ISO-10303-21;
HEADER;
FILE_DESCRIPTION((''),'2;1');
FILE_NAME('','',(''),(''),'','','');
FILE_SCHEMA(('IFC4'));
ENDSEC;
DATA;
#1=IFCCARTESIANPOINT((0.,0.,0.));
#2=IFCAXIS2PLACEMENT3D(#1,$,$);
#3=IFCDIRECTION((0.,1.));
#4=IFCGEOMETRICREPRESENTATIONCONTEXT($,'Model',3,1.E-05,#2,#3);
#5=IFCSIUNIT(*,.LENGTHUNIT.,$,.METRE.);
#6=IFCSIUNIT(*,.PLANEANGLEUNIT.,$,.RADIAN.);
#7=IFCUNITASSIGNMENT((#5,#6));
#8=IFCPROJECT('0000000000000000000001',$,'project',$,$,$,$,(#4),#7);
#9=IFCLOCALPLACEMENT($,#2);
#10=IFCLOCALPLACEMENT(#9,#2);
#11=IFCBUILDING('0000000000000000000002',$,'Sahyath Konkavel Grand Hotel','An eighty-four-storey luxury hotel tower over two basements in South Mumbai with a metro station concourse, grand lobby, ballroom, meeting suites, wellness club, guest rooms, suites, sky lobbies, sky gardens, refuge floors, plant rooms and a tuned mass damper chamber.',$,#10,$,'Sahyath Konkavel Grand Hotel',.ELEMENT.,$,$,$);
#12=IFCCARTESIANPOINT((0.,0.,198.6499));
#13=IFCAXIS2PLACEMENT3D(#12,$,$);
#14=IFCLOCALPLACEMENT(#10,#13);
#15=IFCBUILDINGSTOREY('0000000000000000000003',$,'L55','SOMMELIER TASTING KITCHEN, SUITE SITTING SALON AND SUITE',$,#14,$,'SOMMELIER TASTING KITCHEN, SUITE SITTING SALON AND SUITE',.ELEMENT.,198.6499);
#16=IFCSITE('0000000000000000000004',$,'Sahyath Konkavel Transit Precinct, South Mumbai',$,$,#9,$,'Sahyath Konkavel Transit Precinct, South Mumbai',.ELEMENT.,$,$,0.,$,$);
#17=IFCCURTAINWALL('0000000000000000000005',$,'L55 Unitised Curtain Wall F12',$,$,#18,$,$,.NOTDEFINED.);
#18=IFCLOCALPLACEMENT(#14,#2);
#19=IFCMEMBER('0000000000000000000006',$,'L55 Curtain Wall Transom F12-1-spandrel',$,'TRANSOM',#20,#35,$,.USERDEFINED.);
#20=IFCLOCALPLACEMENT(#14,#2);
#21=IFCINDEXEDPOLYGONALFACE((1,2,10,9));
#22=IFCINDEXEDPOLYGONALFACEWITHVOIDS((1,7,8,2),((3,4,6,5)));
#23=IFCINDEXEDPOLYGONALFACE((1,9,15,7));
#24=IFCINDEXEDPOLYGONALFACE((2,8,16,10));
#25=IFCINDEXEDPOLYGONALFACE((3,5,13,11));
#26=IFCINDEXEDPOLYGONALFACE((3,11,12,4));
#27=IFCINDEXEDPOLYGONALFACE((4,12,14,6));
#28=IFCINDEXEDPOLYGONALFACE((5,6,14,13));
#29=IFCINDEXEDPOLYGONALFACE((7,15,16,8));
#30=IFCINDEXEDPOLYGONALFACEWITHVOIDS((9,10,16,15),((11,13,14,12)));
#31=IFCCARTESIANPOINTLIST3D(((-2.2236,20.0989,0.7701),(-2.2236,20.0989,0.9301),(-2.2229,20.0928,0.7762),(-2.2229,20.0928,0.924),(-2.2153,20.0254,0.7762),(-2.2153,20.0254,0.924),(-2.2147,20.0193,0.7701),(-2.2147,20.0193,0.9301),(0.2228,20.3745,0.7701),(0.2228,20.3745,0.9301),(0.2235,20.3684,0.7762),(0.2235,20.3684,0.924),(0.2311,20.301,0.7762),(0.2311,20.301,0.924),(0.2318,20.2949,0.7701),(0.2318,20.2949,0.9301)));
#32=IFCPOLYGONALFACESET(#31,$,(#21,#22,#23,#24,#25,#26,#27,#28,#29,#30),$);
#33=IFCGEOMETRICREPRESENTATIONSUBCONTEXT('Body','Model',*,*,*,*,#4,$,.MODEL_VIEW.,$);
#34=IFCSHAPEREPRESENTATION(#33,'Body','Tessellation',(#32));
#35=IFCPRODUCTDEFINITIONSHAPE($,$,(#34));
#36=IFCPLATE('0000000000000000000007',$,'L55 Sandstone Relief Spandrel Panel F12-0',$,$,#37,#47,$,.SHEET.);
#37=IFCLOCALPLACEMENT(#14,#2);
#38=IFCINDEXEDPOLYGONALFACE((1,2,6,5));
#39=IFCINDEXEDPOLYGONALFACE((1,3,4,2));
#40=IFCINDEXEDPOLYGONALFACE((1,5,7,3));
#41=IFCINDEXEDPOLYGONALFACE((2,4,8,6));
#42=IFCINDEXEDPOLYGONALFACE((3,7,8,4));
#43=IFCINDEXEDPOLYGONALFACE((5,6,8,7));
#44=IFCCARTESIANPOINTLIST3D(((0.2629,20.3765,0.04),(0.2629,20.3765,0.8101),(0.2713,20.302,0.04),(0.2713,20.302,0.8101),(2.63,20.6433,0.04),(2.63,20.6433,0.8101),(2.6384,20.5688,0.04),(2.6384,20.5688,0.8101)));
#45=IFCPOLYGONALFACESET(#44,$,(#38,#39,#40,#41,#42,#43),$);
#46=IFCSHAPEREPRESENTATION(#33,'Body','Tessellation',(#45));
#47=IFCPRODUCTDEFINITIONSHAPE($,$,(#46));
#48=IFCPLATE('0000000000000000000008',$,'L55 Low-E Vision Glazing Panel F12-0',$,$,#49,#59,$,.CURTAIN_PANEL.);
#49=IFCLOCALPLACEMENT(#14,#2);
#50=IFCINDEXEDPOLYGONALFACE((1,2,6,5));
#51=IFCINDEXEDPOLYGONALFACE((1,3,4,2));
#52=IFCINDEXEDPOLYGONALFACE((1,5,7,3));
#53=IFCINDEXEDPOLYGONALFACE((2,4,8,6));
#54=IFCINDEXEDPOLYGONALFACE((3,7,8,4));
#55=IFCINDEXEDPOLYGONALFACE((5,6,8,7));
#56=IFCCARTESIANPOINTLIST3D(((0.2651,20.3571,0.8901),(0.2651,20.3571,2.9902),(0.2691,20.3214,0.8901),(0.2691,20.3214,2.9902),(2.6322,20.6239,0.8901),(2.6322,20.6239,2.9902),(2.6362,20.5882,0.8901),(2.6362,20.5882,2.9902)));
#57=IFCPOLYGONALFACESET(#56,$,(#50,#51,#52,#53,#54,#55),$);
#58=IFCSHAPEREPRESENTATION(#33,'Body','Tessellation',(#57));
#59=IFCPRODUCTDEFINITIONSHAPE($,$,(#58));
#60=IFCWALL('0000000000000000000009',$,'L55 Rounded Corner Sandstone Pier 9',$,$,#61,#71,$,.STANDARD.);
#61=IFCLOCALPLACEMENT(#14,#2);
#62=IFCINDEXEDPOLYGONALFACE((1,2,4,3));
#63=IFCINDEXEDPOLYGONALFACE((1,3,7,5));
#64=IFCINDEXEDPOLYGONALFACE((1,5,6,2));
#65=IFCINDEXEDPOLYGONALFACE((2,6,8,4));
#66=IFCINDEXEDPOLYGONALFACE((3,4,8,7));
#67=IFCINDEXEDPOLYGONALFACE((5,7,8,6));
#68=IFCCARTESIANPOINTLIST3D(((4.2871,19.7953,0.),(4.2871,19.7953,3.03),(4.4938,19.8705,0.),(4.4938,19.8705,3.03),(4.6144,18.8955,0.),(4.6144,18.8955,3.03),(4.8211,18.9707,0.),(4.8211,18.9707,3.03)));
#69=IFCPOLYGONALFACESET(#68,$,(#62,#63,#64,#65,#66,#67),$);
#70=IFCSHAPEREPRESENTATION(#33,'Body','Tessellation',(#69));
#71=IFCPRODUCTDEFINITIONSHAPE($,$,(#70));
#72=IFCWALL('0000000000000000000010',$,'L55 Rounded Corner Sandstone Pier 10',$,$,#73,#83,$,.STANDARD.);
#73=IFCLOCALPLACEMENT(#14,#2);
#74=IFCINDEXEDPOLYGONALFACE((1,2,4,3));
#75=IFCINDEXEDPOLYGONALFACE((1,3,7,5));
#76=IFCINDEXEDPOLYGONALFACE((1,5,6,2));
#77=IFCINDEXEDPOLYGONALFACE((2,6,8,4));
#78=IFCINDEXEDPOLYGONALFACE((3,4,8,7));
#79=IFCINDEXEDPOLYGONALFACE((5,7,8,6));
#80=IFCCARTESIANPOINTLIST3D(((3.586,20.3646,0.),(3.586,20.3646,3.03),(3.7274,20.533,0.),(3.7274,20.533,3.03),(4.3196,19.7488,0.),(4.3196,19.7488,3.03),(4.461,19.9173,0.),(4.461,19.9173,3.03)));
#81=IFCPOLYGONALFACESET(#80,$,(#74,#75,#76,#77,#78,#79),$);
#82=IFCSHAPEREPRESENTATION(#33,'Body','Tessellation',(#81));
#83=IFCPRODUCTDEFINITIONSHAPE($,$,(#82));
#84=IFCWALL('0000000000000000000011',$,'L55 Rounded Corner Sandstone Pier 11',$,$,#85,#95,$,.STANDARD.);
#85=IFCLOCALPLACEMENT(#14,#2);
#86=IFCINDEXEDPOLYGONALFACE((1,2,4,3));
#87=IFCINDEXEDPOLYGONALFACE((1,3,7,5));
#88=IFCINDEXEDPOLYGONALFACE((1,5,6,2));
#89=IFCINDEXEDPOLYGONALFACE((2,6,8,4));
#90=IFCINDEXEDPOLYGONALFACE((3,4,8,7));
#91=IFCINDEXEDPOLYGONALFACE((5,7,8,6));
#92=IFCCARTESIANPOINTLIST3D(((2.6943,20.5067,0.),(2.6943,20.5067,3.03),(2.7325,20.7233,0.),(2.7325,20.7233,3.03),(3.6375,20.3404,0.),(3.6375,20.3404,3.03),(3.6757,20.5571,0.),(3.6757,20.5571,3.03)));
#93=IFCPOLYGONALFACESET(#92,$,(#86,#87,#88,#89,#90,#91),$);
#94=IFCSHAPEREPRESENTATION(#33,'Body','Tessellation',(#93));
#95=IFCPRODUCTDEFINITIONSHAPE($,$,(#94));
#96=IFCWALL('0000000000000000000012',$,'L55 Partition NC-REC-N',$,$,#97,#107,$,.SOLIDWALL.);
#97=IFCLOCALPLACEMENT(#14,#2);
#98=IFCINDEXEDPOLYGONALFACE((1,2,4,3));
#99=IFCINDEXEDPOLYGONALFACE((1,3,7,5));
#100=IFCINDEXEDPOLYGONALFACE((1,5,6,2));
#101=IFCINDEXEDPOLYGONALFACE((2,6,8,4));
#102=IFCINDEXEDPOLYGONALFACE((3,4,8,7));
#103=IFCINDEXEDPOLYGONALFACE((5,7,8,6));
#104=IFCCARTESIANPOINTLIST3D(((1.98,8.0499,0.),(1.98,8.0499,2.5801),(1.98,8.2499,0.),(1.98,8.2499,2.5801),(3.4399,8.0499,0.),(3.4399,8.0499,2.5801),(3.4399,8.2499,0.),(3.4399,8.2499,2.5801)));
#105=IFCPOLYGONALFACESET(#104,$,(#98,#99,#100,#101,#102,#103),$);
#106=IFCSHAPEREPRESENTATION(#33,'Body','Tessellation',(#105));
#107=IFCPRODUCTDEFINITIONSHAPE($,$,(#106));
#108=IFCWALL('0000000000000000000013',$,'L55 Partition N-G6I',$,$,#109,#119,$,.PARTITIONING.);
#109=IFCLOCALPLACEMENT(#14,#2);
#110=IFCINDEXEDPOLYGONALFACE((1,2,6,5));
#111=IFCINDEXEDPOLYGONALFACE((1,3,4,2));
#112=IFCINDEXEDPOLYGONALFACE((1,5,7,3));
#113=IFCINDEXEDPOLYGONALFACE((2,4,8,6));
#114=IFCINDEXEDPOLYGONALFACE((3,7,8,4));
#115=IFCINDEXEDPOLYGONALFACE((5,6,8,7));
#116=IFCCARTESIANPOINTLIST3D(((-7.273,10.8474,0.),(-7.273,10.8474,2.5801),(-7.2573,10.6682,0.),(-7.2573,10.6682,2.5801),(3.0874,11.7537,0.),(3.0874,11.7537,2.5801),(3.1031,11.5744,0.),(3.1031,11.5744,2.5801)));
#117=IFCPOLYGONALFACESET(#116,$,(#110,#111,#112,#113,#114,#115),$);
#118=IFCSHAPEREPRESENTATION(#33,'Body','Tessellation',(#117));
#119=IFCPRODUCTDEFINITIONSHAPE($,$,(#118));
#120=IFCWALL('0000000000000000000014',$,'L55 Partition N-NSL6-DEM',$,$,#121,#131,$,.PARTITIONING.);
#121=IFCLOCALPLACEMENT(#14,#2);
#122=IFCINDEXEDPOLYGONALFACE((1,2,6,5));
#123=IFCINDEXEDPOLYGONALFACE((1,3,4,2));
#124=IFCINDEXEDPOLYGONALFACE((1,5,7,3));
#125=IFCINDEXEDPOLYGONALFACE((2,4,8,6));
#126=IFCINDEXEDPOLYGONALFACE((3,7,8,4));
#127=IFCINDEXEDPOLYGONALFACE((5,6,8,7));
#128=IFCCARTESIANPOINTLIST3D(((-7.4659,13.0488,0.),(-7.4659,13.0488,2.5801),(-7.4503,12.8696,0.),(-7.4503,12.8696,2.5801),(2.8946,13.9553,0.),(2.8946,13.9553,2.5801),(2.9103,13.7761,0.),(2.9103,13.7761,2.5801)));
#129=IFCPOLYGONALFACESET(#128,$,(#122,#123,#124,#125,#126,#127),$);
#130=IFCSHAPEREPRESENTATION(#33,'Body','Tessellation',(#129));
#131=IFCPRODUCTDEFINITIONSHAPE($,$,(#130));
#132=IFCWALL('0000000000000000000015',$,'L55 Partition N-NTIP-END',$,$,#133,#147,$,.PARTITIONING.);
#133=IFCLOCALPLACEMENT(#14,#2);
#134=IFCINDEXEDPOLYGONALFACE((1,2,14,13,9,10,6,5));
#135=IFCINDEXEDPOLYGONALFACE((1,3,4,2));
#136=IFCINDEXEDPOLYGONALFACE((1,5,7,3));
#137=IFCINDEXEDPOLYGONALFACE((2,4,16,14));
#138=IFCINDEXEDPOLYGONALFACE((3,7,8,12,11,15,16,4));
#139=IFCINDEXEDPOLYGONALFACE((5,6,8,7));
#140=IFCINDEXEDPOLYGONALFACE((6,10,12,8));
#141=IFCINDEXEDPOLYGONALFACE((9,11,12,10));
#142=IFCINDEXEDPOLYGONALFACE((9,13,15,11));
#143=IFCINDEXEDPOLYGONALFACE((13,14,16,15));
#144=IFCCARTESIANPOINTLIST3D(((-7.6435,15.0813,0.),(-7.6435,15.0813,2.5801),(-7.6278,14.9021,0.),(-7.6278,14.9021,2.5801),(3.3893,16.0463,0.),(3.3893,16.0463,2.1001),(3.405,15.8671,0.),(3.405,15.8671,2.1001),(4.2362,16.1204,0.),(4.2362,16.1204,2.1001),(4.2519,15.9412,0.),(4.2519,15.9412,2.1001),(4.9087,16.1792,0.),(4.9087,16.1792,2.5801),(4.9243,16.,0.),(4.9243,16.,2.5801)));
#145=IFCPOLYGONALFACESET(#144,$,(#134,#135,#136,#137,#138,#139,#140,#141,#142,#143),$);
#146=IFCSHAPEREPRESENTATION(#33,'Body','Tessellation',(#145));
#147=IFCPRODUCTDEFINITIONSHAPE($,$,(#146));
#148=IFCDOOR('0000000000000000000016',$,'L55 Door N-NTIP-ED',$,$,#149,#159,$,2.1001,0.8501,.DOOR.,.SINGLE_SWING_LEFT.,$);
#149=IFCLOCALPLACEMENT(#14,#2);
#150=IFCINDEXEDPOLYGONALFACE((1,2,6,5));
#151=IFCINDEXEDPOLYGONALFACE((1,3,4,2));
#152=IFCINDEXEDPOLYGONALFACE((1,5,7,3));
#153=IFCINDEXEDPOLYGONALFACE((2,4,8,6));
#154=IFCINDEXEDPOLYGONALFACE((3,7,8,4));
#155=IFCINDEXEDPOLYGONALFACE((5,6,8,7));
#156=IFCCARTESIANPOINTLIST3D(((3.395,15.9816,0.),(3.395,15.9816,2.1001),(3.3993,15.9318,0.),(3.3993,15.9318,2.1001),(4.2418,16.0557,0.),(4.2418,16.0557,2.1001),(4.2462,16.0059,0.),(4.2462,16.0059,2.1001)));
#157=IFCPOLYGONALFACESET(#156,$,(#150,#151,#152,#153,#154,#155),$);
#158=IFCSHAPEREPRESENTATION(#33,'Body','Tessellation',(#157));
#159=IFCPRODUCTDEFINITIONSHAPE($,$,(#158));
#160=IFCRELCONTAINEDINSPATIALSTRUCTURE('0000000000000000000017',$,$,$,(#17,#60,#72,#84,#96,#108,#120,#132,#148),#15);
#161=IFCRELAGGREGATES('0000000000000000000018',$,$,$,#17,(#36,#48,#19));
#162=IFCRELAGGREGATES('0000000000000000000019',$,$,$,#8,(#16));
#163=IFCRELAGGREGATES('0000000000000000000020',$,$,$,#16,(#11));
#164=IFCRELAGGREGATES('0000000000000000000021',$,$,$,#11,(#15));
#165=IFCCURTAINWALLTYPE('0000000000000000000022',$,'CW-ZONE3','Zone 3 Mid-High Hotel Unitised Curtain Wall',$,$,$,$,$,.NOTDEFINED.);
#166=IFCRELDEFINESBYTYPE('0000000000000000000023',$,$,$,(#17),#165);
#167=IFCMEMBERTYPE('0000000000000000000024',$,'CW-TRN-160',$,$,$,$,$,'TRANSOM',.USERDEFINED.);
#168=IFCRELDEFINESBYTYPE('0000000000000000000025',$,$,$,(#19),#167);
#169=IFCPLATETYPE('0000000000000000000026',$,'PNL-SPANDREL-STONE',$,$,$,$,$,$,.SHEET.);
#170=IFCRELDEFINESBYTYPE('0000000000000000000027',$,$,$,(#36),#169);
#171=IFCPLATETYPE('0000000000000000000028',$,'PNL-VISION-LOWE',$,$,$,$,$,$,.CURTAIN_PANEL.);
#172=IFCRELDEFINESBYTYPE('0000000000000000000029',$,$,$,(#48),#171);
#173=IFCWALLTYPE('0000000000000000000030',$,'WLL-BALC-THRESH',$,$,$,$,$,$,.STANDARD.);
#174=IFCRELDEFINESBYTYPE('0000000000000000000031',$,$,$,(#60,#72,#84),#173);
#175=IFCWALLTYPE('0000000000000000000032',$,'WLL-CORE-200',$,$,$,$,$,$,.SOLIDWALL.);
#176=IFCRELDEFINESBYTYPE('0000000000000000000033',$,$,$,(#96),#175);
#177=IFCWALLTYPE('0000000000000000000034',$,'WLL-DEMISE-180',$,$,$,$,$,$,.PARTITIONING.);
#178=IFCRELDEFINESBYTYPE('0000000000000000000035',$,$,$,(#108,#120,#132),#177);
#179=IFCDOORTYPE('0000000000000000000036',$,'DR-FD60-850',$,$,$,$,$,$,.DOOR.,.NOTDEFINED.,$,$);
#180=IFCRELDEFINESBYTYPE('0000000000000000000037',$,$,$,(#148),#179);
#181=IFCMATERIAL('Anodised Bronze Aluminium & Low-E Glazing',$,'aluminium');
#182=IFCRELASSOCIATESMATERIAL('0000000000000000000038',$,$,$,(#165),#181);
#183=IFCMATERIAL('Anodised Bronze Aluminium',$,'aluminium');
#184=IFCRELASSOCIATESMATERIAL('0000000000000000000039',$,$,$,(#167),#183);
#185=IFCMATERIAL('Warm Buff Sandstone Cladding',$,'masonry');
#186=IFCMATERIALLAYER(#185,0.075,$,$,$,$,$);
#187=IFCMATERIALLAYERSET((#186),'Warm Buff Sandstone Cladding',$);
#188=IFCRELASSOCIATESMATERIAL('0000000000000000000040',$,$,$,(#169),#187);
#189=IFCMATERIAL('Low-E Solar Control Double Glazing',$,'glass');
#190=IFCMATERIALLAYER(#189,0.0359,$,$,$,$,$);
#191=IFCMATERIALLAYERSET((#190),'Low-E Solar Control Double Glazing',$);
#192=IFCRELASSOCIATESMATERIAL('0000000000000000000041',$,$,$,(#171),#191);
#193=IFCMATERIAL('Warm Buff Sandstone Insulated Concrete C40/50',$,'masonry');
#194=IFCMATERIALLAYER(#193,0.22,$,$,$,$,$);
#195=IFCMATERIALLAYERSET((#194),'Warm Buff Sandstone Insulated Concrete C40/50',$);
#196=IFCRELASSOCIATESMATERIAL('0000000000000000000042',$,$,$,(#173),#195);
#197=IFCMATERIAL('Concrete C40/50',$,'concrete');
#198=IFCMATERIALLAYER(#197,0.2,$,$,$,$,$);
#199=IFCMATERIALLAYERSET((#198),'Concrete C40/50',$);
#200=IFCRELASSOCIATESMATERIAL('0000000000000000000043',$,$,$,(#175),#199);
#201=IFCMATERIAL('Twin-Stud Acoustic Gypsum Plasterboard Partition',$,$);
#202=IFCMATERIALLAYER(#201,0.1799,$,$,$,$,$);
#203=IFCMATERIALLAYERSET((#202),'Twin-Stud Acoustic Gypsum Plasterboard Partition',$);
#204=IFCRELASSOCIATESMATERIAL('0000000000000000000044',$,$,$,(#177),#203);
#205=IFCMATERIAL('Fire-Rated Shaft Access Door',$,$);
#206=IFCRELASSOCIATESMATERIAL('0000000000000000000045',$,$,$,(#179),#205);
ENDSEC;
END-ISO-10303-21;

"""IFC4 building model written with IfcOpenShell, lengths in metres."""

from ifc_helpers import new_model, si_unit, direction, frame, frame_2d, origin, origin_2d, place, context, subcontext, project, spatial, rectangle, hollow_rectangle, extrude, source, transform, mapped, material, layer, layer_set, material_profile, profile_set, type_object, element, fill, aggregate, save


model = new_model("IFC4")

# Units and contexts
model_context = context("Model", 3, precision=1e-05, world=origin(), true_north=direction((0.0, 1.0)))
body_context = subcontext(model_context, "Body", "Model", "MODEL_VIEW")
ifc_project = project(units=[si_unit("LENGTHUNIT", "METRE"), si_unit("PLANEANGLEUNIT", "RADIAN")], contexts=[model_context])

# Site, building, storey
site_placement = place(None, origin())
site = spatial("IfcSite", under=ifc_project, at=site_placement, Name="Sahyath Konkavel Transit Precinct, South Mumbai", LongName="Sahyath Konkavel Transit Precinct, South Mumbai", CompositionType="ELEMENT", RefElevation=0.0)
building_placement = place(site_placement, origin())
building = spatial("IfcBuilding", under=site, at=building_placement, Name="Sahyath Konkavel Grand Hotel", Description="An eighty-four-storey luxury hotel tower over two basements in South Mumbai with a metro station concourse, grand lobby, ballroom, meeting suites, wellness club, guest rooms, suites, sky lobbies, sky gardens, refuge floors, plant rooms and a tuned mass damper chamber.", LongName="Sahyath Konkavel Grand Hotel", CompositionType="ELEMENT")
storey_placement = place(building_placement, frame((0.0, 0.0, 198.6499)))
storey = spatial("IfcBuildingStorey", under=building, at=storey_placement, Name="L55", Description="SOMMELIER TASTING KITCHEN, SUITE SITTING SALON AND SUITE", LongName="SOMMELIER TASTING KITCHEN, SUITE SITTING SALON AND SUITE", CompositionType="ELEMENT", Elevation=198.6499)

# Shared definitions
ifc_material_1 = material(Name="Concrete C40/50", Category="concrete")

# Shared definitions
ifc_material_2 = material(Name="Anodised Bronze Aluminium & Low-E Glazing", Category="aluminium")
curtain_wall_type = type_object("IfcCurtainWallType", Name="CW-ZONE3", Description="Zone 3 Mid-High Hotel Unitised Curtain Wall", PredefinedType="NOTDEFINED", material=ifc_material_2)
ifc_material_3 = material(Name="Anodised Bronze Aluminium", Category="aluminium")

# Curtain wall, member, plates
curtain_wall_1_placement = place(storey_placement, origin())
curtain_wall_1 = element("IfcCurtainWall", 1, at=curtain_wall_1_placement, inside=storey, type_object=curtain_wall_type, Name="L55 Unitised Curtain Wall F12", PredefinedType="NOTDEFINED")
ifc_material_profile_1 = material_profile(ifc_material_3, hollow_rectangle(XDim=0.0801, YDim=0.1599, WallThickness=0.0061, at=origin_2d()), Name="RHS 160x80x6")
ifc_profile_set_1 = profile_set([ifc_material_profile_1], Name="Anodised Bronze Aluminium")
member_type_1 = type_object("IfcMemberType", Name="CW-TRN-160", ElementType="TRANSOM", PredefinedType="USERDEFINED", material=ifc_profile_set_1)
shared_shape_1 = source(origin(), body_context, "Body", "SweptSolid", [
    extrude(hollow_rectangle(XDim=0.0801, YDim=0.1599, WallThickness=0.0061, at=origin_2d()), origin(), (0.0, 0.0, 1.0), 2.4619),
])
member_1_placement = place(storey_placement, frame((0.2273, 20.3347, 0.8501), z_axis=(-0.993713, -0.111955, 0.0), x_axis=(0.111955, -0.993713, 0.0)))
member_1 = element("IfcMember", 2, at=member_1_placement, type_object=member_type_1, Name="L55 Curtain Wall Transom F12-1-spandrel", ObjectType="TRANSOM", PredefinedType="USERDEFINED", context=body_context, shape_type="MappedRepresentation", body=[
    mapped(shared_shape_1, transform((0.0, 0.0, 0.0), scale=1.0)),
])
ifc_material_4 = material(Name="Warm Buff Sandstone Cladding", Category="masonry")
ifc_layer_1 = layer(ifc_material_4, 0.075)
ifc_layer_set_1 = layer_set([ifc_layer_1], Name="Warm Buff Sandstone Cladding")
plate_type_1 = type_object("IfcPlateType", Name="PNL-SPANDREL-STONE", PredefinedType="SHEET", material=ifc_layer_set_1)
shared_shape_2 = source(origin(), body_context, "Body", "SweptSolid", [
    extrude(rectangle(XDim=2.3821, YDim=0.075, at=origin_2d()), origin(), (0.0, 0.0, 1.0), 0.77),
])
plate_1_placement = place(storey_placement, frame((1.4507, 20.4727, 0.04), z_axis=(0.0, 0.0, 1.0), x_axis=(-0.993707, -0.112007, 0.0)))
plate_1 = element("IfcPlate", 3, at=plate_1_placement, type_object=plate_type_1, Name="L55 Sandstone Relief Spandrel Panel F12-0", PredefinedType="SHEET", context=body_context, shape_type="MappedRepresentation", body=[
    mapped(shared_shape_2, transform((0.0, 0.0, 0.0), scale=1.0)),
])
ifc_material_5 = material(Name="Low-E Solar Control Double Glazing", Category="glass")
ifc_layer_2 = layer(ifc_material_5, 0.0359)
ifc_layer_set_2 = layer_set([ifc_layer_2], Name="Low-E Solar Control Double Glazing")
plate_type_2 = type_object("IfcPlateType", Name="PNL-VISION-LOWE", PredefinedType="CURTAIN_PANEL", material=ifc_layer_set_2)
shared_shape_3 = source(origin(), body_context, "Body", "SweptSolid", [
    extrude(rectangle(XDim=2.3821, YDim=0.0359, at=origin_2d()), origin(), (0.0, 0.0, 1.0), 2.1001),
])
plate_2_placement = place(storey_placement, frame((1.4507, 20.4727, 0.8901), z_axis=(0.0, 0.0, 1.0), x_axis=(-0.993707, -0.112007, 0.0)))
plate_2 = element("IfcPlate", 4, at=plate_2_placement, type_object=plate_type_2, Name="L55 Low-E Vision Glazing Panel F12-0", PredefinedType="CURTAIN_PANEL", context=body_context, shape_type="MappedRepresentation", body=[
    mapped(shared_shape_3, transform((0.0, 0.0, 0.0), scale=1.0)),
])
aggregate(curtain_wall_1, [plate_1, plate_2, member_1])

# Walls
ifc_material_6 = material(Name="Warm Buff Sandstone Insulated Concrete C40/50", Category="masonry")
ifc_layer_3 = layer(ifc_material_6, 0.22)
ifc_layer_set_3 = layer_set([ifc_layer_3], Name="Warm Buff Sandstone Insulated Concrete C40/50")
wall_type_1 = type_object("IfcWallType", Name="WLL-BALC-THRESH", PredefinedType="STANDARD", material=ifc_layer_set_3)
wall_1_placement = place(storey_placement, frame((4.7178, 18.9331, 0.0), z_axis=(0.0, 0.0, 1.0), x_axis=(-0.341886, 0.939741, 0.0)))
element("IfcWall", 5, at=wall_1_placement, inside=storey, type_object=wall_type_1, Name="L55 Rounded Corner Sandstone Pier 9", PredefinedType="STANDARD", context=body_context, shape_type="SweptSolid", body=[
    extrude(rectangle(XDim=0.9575, YDim=0.22, at=frame_2d((0.4788, 0.0))), origin(), (0.0, 0.0, 1.0), 3.03),
])
for number, where, z_axis, x_axis, name in (
    (6, (4.3904, 19.833, 0.0), (0.0, 0.0, 1.0), (-0.765981, 0.642863, 0.0), "L55 Rounded Corner Sandstone Pier 10"),
    (7, (3.6567, 20.4487, 0.0), (0.0, 0.0, 1.0), (-0.984814, 0.173611, 0.0), "L55 Rounded Corner Sandstone Pier 11"),
):
    element("IfcWall", number, at=place(storey_placement, frame(where, z_axis=z_axis, x_axis=x_axis)), inside=storey, type_object=wall_type_1, Name=name, PredefinedType="STANDARD", context=body_context, shape_type="SweptSolid", body=[
        extrude(rectangle(XDim=0.9578, YDim=0.22, at=frame_2d((0.479, 0.0))), origin(), (0.0, 0.0, 1.0), 3.03),
    ])
ifc_layer_4 = layer(ifc_material_1, 0.2)
ifc_layer_set_4 = layer_set([ifc_layer_4], Name="Concrete C40/50")
wall_type_2 = type_object("IfcWallType", Name="WLL-CORE-200", PredefinedType="SOLIDWALL", material=ifc_layer_set_4)
wall_2_placement = place(storey_placement, frame((1.98, 8.1499, 0.0), z_axis=(0.0, 0.0, 1.0), x_axis=(1.0, 0.0, 0.0)))
element("IfcWall", 8, at=wall_2_placement, inside=storey, type_object=wall_type_2, Name="L55 Partition NC-REC-N", PredefinedType="SOLIDWALL", context=body_context, shape_type="SweptSolid", body=[
    extrude(rectangle(XDim=1.46, YDim=0.2, at=frame_2d((0.73, 0.0))), origin(), (0.0, 0.0, 1.0), 2.5801),
])
ifc_material_7 = material(Name="Twin-Stud Acoustic Gypsum Plasterboard Partition")
ifc_layer_5 = layer(ifc_material_7, 0.1799)
ifc_layer_set_5 = layer_set([ifc_layer_5], Name="Twin-Stud Acoustic Gypsum Plasterboard Partition")
wall_type_3 = type_object("IfcWallType", Name="WLL-DEMISE-180", PredefinedType="PARTITIONING", material=ifc_layer_set_5)
wall_3_placement = place(storey_placement, frame((3.0952, 11.6641, 0.0), z_axis=(0.0, 0.0, 1.0), x_axis=(-0.996196, -0.08714, 0.0)))
element("IfcWall", 9, at=wall_3_placement, inside=storey, type_object=wall_type_3, Name="L55 Partition N-G6I", PredefinedType="PARTITIONING", context=body_context, shape_type="SweptSolid", body=[
    extrude(rectangle(XDim=10.3999, YDim=0.1799, at=frame_2d((5.2, 0.0))), origin(), (0.0, 0.0, 1.0), 2.5801),
])
wall_4_placement = place(storey_placement, frame((2.9026, 13.8657, 0.0), z_axis=(0.0, 0.0, 1.0), x_axis=(-0.996194, -0.087161, 0.0)))
element("IfcWall", 10, at=wall_4_placement, inside=storey, type_object=wall_type_3, Name="L55 Partition N-NSL6-DEM", PredefinedType="PARTITIONING", context=body_context, shape_type="SweptSolid", body=[
    extrude(rectangle(XDim=10.4001, YDim=0.1799, at=frame_2d((5.2002, 0.0))), origin(), (0.0, 0.0, 1.0), 2.5801),
])

# Wall, opening, door
wall_5_placement = place(storey_placement, frame((4.9165, 16.0896, 0.0), z_axis=(0.0, 0.0, 1.0), x_axis=(-0.996197, -0.087134, 0.0)))
wall_5 = element("IfcWall", 11, at=wall_5_placement, inside=storey, type_object=wall_type_3, Name="L55 Partition N-NTIP-END", PredefinedType="PARTITIONING", context=body_context, shape_type="SweptSolid", body=[
    extrude(rectangle(XDim=12.6001, YDim=0.1799, at=frame_2d((6.3, 0.0))), origin(), (0.0, 0.0, 1.0), 2.5801),
])
opening_1_placement = place(wall_5_placement, frame((0.675, 0.0, 0.0)))
opening_1 = element("IfcOpeningElement", 12, at=opening_1_placement, cuts=wall_5, PredefinedType="OPENING", context=body_context, shape_type="SweptSolid", body=[
    extrude(rectangle(XDim=0.8501, YDim=2.1001, at=frame_2d((0.425, 1.05))), frame((0.0, 0.1001, 0.0), z_axis=(0.0, -1.0, 0.0), x_axis=(1.0, 0.0, 0.0)), (0.0, 0.0, 1.0), 0.2),
])
ifc_material_8 = material(Name="Fire-Rated Shaft Access Door")
door_type = type_object("IfcDoorType", Name="DR-FD60-850", OperationType="NOTDEFINED", PredefinedType="DOOR", material=ifc_material_8)
shared_shape_4 = source(origin(), body_context, "Body", "SweptSolid", [
    extrude(rectangle(XDim=0.8501, YDim=0.05, at=origin_2d()), origin(), (0.0, 0.0, 1.0), 2.1001),
])
door_1_placement = place(opening_1_placement, frame((0.425, 0.0, 0.0)))
door_1 = element("IfcDoor", 13, at=door_1_placement, inside=storey, type_object=door_type, Name="L55 Door N-NTIP-ED", OperationType="SINGLE_SWING_LEFT", OverallHeight=2.1001, OverallWidth=0.8501, PredefinedType="DOOR", context=body_context, shape_type="MappedRepresentation", body=[
    mapped(shared_shape_4, transform((0.0, 0.0, 0.0), scale=1.0)),
])
fill(opening_1, door_1)

save(model, "model.ifc")
